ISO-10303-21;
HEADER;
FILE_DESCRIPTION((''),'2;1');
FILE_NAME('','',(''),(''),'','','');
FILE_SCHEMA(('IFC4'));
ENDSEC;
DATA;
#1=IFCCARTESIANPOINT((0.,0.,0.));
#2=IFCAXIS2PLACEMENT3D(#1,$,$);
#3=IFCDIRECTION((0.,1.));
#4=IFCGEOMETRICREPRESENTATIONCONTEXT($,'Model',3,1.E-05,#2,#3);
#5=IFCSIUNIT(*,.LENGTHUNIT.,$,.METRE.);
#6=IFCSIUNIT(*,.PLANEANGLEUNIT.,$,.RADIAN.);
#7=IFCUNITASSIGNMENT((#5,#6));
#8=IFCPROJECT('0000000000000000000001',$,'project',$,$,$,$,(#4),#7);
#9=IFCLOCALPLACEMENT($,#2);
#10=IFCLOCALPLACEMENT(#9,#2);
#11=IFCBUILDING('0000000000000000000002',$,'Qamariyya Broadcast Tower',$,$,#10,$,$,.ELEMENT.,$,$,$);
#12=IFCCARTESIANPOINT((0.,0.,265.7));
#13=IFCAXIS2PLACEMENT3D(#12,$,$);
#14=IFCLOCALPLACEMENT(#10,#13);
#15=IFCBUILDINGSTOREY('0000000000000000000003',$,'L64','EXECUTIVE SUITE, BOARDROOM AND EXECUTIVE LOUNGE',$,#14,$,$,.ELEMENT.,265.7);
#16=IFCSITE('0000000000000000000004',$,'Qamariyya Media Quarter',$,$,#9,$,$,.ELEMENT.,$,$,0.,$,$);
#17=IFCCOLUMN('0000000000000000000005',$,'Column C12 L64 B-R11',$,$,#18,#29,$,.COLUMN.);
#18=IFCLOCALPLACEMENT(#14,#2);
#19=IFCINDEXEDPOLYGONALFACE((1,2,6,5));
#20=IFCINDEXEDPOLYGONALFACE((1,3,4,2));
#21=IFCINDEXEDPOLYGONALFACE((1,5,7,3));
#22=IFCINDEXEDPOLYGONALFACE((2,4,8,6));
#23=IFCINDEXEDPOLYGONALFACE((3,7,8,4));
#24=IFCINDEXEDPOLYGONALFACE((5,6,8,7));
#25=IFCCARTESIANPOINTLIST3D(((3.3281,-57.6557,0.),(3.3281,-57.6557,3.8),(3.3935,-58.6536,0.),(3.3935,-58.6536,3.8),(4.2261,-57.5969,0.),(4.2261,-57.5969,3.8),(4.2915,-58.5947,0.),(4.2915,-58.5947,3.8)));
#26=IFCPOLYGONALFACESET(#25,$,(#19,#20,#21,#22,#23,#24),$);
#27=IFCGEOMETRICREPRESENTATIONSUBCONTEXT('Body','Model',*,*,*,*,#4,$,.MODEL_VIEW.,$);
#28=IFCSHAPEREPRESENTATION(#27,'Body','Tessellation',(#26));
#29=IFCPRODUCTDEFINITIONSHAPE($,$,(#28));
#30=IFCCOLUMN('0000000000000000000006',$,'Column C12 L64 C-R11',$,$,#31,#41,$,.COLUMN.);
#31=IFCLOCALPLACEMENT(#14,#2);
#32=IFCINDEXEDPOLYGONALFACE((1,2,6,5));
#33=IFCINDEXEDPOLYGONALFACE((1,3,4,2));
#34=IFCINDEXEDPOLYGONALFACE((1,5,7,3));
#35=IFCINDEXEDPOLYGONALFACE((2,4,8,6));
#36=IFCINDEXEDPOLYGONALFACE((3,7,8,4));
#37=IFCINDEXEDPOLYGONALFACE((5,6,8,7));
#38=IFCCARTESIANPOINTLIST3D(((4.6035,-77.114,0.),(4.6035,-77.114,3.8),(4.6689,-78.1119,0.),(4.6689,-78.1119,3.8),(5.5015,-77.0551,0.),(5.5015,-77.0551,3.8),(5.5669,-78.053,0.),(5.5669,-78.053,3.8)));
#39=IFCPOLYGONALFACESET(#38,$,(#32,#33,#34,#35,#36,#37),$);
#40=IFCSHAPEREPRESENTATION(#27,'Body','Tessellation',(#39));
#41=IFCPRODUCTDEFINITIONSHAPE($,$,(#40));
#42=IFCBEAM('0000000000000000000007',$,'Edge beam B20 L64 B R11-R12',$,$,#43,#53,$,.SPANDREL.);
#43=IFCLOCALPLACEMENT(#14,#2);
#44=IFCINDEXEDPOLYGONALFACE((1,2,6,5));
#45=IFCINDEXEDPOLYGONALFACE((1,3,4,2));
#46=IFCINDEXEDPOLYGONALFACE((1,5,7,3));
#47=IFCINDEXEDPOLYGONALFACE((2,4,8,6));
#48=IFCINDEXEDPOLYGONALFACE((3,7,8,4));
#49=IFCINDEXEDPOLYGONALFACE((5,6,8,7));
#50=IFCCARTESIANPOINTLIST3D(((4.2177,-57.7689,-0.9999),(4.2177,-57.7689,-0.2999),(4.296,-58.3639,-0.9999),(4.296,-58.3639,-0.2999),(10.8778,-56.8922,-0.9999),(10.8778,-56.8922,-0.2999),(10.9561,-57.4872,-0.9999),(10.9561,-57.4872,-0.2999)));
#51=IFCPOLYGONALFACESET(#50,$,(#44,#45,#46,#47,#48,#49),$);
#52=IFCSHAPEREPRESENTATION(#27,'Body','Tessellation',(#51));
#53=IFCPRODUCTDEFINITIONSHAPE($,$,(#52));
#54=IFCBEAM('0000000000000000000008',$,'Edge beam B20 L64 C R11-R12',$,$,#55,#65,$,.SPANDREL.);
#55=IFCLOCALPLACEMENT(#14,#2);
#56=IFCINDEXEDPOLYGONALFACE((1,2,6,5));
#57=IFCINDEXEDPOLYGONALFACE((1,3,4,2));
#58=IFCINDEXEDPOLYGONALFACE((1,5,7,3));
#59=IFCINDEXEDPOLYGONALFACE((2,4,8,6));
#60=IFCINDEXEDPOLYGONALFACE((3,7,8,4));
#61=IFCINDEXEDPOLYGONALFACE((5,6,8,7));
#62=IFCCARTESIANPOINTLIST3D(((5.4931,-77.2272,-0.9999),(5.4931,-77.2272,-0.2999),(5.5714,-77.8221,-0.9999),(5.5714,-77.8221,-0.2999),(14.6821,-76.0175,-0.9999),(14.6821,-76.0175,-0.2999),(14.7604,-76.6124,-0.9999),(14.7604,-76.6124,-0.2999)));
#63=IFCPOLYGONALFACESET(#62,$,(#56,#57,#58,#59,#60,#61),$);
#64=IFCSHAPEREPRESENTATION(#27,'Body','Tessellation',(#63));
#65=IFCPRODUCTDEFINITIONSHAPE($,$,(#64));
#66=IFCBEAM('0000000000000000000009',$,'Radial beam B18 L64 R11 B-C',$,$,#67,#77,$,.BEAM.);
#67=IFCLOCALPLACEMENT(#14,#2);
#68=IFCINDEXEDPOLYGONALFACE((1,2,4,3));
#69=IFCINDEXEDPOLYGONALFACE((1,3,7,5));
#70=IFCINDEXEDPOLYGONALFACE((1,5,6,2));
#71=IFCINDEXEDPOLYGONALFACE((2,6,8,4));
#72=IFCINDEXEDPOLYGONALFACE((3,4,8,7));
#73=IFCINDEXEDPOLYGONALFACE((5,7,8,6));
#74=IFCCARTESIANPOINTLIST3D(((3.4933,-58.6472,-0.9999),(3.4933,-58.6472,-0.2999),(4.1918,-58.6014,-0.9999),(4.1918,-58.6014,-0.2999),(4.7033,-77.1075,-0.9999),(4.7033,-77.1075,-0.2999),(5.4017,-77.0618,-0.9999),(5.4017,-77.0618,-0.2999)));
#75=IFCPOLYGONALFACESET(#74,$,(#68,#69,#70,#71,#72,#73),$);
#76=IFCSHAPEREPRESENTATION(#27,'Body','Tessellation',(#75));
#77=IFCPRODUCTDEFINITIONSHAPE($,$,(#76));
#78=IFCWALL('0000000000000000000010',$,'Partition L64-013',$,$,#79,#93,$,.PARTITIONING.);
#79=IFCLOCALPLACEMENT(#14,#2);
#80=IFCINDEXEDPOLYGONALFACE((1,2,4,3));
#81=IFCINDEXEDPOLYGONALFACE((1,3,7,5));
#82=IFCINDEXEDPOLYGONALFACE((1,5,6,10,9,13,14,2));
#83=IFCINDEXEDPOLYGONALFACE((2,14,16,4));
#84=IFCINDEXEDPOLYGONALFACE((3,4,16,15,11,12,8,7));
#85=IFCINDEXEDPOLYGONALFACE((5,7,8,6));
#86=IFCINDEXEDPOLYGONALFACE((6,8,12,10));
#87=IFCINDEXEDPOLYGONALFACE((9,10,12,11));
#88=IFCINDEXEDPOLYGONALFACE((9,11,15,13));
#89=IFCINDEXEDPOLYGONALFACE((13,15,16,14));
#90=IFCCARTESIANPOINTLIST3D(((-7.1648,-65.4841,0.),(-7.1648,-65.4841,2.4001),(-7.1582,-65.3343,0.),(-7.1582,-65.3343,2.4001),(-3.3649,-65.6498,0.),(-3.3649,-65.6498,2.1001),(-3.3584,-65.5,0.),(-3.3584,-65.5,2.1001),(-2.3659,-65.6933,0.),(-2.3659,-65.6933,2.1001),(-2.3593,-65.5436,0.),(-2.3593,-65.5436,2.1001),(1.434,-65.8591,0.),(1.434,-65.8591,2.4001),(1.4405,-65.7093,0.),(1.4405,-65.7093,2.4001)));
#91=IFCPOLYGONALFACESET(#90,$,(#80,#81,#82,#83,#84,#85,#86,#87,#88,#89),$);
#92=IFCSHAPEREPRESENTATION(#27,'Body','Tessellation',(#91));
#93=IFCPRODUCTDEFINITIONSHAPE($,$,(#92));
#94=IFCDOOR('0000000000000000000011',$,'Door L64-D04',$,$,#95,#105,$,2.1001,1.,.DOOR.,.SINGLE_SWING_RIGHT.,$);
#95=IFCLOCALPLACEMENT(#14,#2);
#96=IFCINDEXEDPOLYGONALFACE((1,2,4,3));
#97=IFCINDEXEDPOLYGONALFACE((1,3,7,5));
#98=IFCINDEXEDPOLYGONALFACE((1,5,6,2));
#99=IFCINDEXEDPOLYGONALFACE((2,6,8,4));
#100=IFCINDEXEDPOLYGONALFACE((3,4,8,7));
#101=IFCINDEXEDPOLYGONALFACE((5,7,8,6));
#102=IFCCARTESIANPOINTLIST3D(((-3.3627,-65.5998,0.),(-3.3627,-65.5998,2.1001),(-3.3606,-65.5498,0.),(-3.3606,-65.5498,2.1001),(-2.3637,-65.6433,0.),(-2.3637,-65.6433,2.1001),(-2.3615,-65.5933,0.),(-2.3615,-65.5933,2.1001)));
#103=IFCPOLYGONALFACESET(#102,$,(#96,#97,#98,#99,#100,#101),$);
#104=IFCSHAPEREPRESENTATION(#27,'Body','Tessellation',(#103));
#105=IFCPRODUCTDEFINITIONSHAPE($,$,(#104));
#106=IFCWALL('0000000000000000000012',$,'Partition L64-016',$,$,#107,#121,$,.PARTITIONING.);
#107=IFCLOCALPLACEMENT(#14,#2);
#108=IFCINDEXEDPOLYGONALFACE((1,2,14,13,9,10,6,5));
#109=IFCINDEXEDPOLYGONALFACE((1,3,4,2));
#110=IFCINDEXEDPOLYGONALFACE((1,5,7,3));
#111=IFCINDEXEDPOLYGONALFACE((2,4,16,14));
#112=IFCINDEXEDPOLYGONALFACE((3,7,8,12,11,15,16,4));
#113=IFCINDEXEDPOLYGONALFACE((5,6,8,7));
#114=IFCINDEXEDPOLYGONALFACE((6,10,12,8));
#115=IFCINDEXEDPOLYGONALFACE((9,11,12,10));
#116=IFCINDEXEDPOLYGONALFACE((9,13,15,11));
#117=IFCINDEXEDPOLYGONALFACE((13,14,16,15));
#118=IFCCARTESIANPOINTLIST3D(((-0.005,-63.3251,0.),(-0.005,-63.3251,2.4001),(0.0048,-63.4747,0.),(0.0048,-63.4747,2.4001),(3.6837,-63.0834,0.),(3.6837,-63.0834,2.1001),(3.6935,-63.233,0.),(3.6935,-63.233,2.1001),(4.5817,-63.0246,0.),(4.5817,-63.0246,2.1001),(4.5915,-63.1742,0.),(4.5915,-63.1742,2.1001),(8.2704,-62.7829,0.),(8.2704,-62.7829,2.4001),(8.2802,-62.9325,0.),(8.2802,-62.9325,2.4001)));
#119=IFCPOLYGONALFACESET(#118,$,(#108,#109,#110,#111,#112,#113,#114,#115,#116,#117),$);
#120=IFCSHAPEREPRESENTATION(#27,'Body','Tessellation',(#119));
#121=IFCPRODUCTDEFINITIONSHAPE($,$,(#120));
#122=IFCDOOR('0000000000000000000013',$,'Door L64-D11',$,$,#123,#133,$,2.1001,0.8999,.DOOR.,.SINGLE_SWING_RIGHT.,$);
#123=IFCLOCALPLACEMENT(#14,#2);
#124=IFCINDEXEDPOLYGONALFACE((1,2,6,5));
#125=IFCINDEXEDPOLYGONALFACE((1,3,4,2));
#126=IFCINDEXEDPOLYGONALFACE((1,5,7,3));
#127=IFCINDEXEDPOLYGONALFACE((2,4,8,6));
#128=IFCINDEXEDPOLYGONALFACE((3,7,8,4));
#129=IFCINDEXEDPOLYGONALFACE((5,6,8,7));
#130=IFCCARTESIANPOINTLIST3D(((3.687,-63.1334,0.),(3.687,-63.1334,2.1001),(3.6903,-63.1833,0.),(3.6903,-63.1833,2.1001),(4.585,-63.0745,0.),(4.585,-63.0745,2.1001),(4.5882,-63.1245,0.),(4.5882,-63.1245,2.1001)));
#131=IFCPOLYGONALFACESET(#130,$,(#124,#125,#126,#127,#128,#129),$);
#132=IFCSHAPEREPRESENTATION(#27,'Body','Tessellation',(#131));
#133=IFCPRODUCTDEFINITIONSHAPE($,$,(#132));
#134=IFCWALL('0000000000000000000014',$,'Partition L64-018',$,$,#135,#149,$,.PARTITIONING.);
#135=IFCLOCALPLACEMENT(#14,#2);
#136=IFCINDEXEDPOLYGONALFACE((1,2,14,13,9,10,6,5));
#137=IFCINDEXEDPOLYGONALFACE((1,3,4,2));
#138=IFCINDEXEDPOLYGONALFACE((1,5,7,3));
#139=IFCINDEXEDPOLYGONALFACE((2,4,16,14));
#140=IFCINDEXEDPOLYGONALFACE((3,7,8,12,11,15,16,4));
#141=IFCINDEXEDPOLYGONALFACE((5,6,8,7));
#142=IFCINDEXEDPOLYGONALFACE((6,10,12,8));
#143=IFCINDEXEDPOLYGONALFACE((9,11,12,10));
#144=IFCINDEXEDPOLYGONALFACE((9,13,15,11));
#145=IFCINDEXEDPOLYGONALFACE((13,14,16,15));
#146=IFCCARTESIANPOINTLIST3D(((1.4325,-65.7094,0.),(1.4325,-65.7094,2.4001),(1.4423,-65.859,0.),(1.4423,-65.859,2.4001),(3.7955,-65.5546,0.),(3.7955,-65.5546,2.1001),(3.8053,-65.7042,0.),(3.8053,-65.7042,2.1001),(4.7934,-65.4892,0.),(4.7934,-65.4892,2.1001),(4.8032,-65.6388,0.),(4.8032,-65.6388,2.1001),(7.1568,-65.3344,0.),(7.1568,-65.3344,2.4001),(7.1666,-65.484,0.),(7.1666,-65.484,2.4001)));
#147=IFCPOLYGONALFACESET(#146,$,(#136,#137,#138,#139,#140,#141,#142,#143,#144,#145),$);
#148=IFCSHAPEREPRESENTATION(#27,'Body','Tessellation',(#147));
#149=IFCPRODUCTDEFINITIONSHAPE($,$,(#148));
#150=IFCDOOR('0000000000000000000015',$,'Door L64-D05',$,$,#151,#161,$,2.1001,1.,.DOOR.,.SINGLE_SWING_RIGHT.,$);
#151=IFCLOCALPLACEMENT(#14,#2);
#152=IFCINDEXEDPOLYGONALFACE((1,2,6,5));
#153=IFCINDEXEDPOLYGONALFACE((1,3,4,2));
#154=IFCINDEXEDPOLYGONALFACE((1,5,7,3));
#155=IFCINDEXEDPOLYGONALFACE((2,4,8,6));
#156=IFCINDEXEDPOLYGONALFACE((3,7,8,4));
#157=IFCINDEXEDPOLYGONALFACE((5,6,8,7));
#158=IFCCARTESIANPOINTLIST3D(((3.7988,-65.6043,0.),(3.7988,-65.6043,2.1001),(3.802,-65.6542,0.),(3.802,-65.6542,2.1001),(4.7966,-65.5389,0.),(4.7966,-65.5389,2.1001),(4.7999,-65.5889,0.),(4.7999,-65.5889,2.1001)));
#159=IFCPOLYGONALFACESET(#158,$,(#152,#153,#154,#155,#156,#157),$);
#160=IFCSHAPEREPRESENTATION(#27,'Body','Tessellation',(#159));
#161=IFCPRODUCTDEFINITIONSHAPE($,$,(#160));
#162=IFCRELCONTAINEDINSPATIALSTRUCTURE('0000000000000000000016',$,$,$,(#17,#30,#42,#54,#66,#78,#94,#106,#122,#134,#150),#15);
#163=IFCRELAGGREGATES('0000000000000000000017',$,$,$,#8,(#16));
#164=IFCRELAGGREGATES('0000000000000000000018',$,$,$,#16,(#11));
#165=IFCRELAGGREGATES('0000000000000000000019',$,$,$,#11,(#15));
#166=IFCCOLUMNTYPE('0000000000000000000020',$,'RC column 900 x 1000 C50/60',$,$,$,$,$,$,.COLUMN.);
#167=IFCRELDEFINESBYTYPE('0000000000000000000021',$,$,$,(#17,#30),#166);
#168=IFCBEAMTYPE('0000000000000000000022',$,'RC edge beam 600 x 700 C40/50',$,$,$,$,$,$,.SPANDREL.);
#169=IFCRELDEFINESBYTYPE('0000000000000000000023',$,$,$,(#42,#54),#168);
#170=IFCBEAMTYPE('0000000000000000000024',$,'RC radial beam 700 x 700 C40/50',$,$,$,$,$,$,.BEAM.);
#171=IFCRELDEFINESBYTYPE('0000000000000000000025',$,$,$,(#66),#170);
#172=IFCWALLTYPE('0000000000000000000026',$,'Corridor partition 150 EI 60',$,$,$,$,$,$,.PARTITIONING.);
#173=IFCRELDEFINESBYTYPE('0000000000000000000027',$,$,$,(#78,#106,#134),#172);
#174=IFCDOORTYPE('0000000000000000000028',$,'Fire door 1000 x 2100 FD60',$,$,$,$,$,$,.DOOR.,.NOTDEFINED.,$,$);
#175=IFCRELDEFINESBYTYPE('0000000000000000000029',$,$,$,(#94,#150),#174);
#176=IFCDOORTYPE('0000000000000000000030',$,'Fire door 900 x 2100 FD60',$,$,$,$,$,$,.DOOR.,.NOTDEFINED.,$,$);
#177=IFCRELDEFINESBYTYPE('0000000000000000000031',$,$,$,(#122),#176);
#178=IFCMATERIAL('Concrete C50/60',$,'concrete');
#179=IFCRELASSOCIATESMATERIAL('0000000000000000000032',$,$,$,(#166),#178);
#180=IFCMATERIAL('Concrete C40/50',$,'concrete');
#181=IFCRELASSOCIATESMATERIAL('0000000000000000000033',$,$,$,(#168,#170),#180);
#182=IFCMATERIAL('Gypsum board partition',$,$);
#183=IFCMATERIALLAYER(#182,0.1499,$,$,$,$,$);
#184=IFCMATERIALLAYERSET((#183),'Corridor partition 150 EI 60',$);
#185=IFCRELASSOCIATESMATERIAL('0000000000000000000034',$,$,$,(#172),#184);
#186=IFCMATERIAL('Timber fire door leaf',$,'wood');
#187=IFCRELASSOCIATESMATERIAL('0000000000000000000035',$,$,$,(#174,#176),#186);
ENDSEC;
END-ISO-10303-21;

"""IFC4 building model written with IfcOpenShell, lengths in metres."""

from ifc_helpers import new_model, si_unit, direction, frame, frame_2d, origin, origin_2d, place, context, subcontext, project, spatial, rectangle, extrude, material, layer, layer_set, material_profile, profile_set, type_object, element, fill, save


model = new_model("IFC4")

# Units and contexts
model_context = context("Model", 3, precision=1e-05, world=origin(), true_north=direction((0.0, 1.0)))
body_context = subcontext(model_context, "Body", "Model", "MODEL_VIEW")
ifc_project = project(units=[si_unit("LENGTHUNIT", "METRE"), si_unit("PLANEANGLEUNIT", "RADIAN")], contexts=[model_context])

# Site, building, storey
site_placement = place(None, origin())
site = spatial("IfcSite", under=ifc_project, at=site_placement, Name="Qamariyya Media Quarter", CompositionType="ELEMENT", RefElevation=0.0)
building_placement = place(site_placement, origin())
building = spatial("IfcBuilding", under=site, at=building_placement, Name="Qamariyya Broadcast Tower", CompositionType="ELEMENT")
storey_placement = place(building_placement, frame((0.0, 0.0, 265.7)))
storey = spatial("IfcBuildingStorey", under=building, at=storey_placement, Name="L64", Description="EXECUTIVE SUITE, BOARDROOM AND EXECUTIVE LOUNGE", CompositionType="ELEMENT", Elevation=265.7)

# Columns
ifc_material_1 = material(Name="Concrete C50/60", Category="concrete")
ifc_material_profile_1 = material_profile(ifc_material_1, rectangle(XDim=0.8999, YDim=1.0, at=origin_2d()))
ifc_profile_set_1 = profile_set([ifc_material_profile_1], Name="Concrete C50/60")
column_type = type_object("IfcColumnType", Name="RC column 900 x 1000 C50/60", PredefinedType="COLUMN", material=ifc_profile_set_1)
for number, where, z_axis, x_axis, name in (
    (1, (3.8098, -58.1252, 0.0), (0.0, 0.0, 1.0), (0.997859, 0.065403, 0.0), "Column C12 L64 B-R11"),
    (2, (5.0852, -77.5835, 0.0), (0.0, 0.0, 1.0), (0.997859, 0.065403, 0.0), "Column C12 L64 C-R11"),
):
    element("IfcColumn", number, at=place(storey_placement, frame(where, z_axis=z_axis, x_axis=x_axis)), inside=storey, type_object=column_type, Name=name, PredefinedType="COLUMN", context=body_context, shape_type="SweptSolid", body=[
        extrude(rectangle(XDim=0.8999, YDim=1.0, at=origin_2d()), origin(), (0.0, 0.0, 1.0), 3.8),
    ])

# Beams
ifc_material_2 = material(Name="Concrete C40/50", Category="concrete")
ifc_material_profile_2 = material_profile(ifc_material_2, rectangle(XDim=0.6001, YDim=0.7, at=origin_2d()))
ifc_profile_set_2 = profile_set([ifc_material_profile_2], Name="Concrete C40/50")
beam_type_1 = type_object("IfcBeamType", Name="RC edge beam 600 x 700 C40/50", PredefinedType="SPANDREL", material=ifc_profile_set_2)
beam_1_placement = place(storey_placement, frame((4.2568, -58.0664, -0.6499), z_axis=(0.991447, 0.130509, 0.0), x_axis=(-0.130509, 0.991447, 0.0)))
element("IfcBeam", 3, at=beam_1_placement, inside=storey, type_object=beam_type_1, Name="Edge beam B20 L64 B R11-R12", PredefinedType="SPANDREL", context=body_context, shape_type="SweptSolid", body=[
    extrude(rectangle(XDim=0.6001, YDim=0.7, at=origin_2d()), origin(), (0.0, 0.0, 1.0), 6.7175),
])
beam_2_placement = place(storey_placement, frame((5.5322, -77.5247, -0.6499), z_axis=(0.991445, 0.130523, 0.0), x_axis=(-0.130523, 0.991445, 0.0)))
element("IfcBeam", 4, at=beam_2_placement, inside=storey, type_object=beam_type_1, Name="Edge beam B20 L64 C R11-R12", PredefinedType="SPANDREL", context=body_context, shape_type="SweptSolid", body=[
    extrude(rectangle(XDim=0.6001, YDim=0.7, at=origin_2d()), origin(), (0.0, 0.0, 1.0), 9.2683),
])
ifc_material_profile_3 = material_profile(ifc_material_2, rectangle(XDim=0.7, YDim=0.7, at=origin_2d()))
ifc_profile_set_3 = profile_set([ifc_material_profile_3], Name="Concrete C40/50")
beam_type_2 = type_object("IfcBeamType", Name="RC radial beam 700 x 700 C40/50", PredefinedType="BEAM", material=ifc_profile_set_3)
beam_3_placement = place(storey_placement, frame((3.8425, -58.6243, -0.6499), z_axis=(0.065403, -0.997859, 0.0), x_axis=(0.997859, 0.065403, 0.0)))
element("IfcBeam", 5, at=beam_3_placement, inside=storey, type_object=beam_type_2, Name="Radial beam B18 L64 R11 B-C", PredefinedType="BEAM", context=body_context, shape_type="SweptSolid", body=[
    extrude(rectangle(XDim=0.7, YDim=0.7, at=origin_2d()), origin(), (0.0, 0.0, 1.0), 18.5),
])

# Walls, openings, doors
ifc_material_3 = material(Name="Gypsum board partition")
ifc_layer_1 = layer(ifc_material_3, 0.1499)
ifc_layer_set_1 = layer_set([ifc_layer_1], Name="Corridor partition 150 EI 60")
wall_type_1 = type_object("IfcWallType", Name="Corridor partition 150 EI 60", PredefinedType="PARTITIONING", material=ifc_layer_set_1)
wall_1_placement = place(storey_placement, frame((1.4373, -65.7842, 0.0), z_axis=(0.0, 0.0, 1.0), x_axis=(-0.99905, 0.043569, 0.0)))
wall_1 = element("IfcWall", 6, at=wall_1_placement, inside=storey, type_object=wall_type_1, Name="Partition L64-013", PredefinedType="PARTITIONING", context=body_context, shape_type="SweptSolid", body=[
    extrude(rectangle(XDim=8.6069, YDim=0.1499, at=frame_2d((4.3035, 0.0))), origin(), (0.0, 0.0, 1.0), 2.4001),
])
opening_1_placement = place(wall_1_placement, frame((3.8035, 0.0, 0.0)))
opening_1 = element("IfcOpeningElement", 7, at=opening_1_placement, cuts=wall_1, PredefinedType="OPENING", context=body_context, shape_type="SweptSolid", body=[
    extrude(rectangle(XDim=1.0, YDim=2.1001, at=frame_2d((0.5, 1.05))), frame((0.0, 0.085, 0.0), z_axis=(0.0, -1.0, 0.0), x_axis=(1.0, 0.0, 0.0)), (0.0, 0.0, 1.0), 0.1699),
])
ifc_material_4 = material(Name="Timber fire door leaf", Category="wood")
door_type_1 = type_object("IfcDoorType", Name="Fire door 1000 x 2100 FD60", OperationType="NOTDEFINED", PredefinedType="DOOR", material=ifc_material_4)
door_1_placement = place(opening_1_placement, origin())
door_1 = element("IfcDoor", 8, at=door_1_placement, inside=storey, type_object=door_type_1, Name="Door L64-D04", OperationType="SINGLE_SWING_RIGHT", OverallHeight=2.1001, OverallWidth=1.0, PredefinedType="DOOR", context=body_context, shape_type="SweptSolid", body=[
    extrude(rectangle(XDim=1.0, YDim=2.1001, at=frame_2d((0.5, 1.05))), frame((0.0, 0.0249, 0.0), z_axis=(0.0, -1.0, 0.0), x_axis=(1.0, 0.0, 0.0)), (0.0, 0.0, 1.0), 0.05),
])
fill(opening_1, door_1)
wall_2_placement = place(storey_placement, frame((0.0, -63.3999, 0.0), z_axis=(0.0, 0.0, 1.0), x_axis=(0.99786, 0.065384, 0.0)))
wall_2 = element("IfcWall", 9, at=wall_2_placement, inside=storey, type_object=wall_type_1, Name="Partition L64-016", PredefinedType="PARTITIONING", context=body_context, shape_type="SweptSolid", body=[
    extrude(rectangle(XDim=8.2932, YDim=0.1499, at=frame_2d((4.1465, 0.0))), origin(), (0.0, 0.0, 1.0), 2.4001),
])
opening_2_placement = place(wall_2_placement, frame((3.6965, 0.0, 0.0)))
opening_2 = element("IfcOpeningElement", 10, at=opening_2_placement, cuts=wall_2, PredefinedType="OPENING", context=body_context, shape_type="SweptSolid", body=[
    extrude(rectangle(XDim=0.8999, YDim=2.1001, at=frame_2d((0.45, 1.05))), frame((0.0, 0.085, 0.0), z_axis=(0.0, -1.0, 0.0), x_axis=(1.0, 0.0, 0.0)), (0.0, 0.0, 1.0), 0.1699),
])
door_type_2 = type_object("IfcDoorType", Name="Fire door 900 x 2100 FD60", OperationType="NOTDEFINED", PredefinedType="DOOR", material=ifc_material_4)
door_2_placement = place(opening_2_placement, origin())
door_2 = element("IfcDoor", 11, at=door_2_placement, inside=storey, type_object=door_type_2, Name="Door L64-D11", OperationType="SINGLE_SWING_RIGHT", OverallHeight=2.1001, OverallWidth=0.8999, PredefinedType="DOOR", context=body_context, shape_type="SweptSolid", body=[
    extrude(rectangle(XDim=0.8999, YDim=2.1001, at=frame_2d((0.45, 1.05))), frame((0.0, 0.0249, 0.0), z_axis=(0.0, -1.0, 0.0), x_axis=(1.0, 0.0, 0.0)), (0.0, 0.0, 1.0), 0.05),
])
fill(opening_2, door_2)
wall_3_placement = place(storey_placement, frame((7.1616, -65.4092, 0.0), z_axis=(0.0, 0.0, 1.0), x_axis=(-0.997861, -0.065369, 0.0)))
wall_3 = element("IfcWall", 12, at=wall_3_placement, inside=storey, type_object=wall_type_1, Name="Partition L64-018", PredefinedType="PARTITIONING", context=body_context, shape_type="SweptSolid", body=[
    extrude(rectangle(XDim=5.7366, YDim=0.1499, at=frame_2d((2.8682, 0.0))), origin(), (0.0, 0.0, 1.0), 2.4001),
])
opening_3_placement = place(wall_3_placement, frame((2.3684, 0.0, 0.0)))
opening_3 = element("IfcOpeningElement", 13, at=opening_3_placement, cuts=wall_3, PredefinedType="OPENING", context=body_context, shape_type="SweptSolid", body=[
    extrude(rectangle(XDim=1.0, YDim=2.1001, at=frame_2d((0.5, 1.05))), frame((0.0, 0.085, 0.0), z_axis=(0.0, -1.0, 0.0), x_axis=(1.0, 0.0, 0.0)), (0.0, 0.0, 1.0), 0.1699),
])
door_3_placement = place(opening_3_placement, origin())
door_3 = element("IfcDoor", 14, at=door_3_placement, inside=storey, type_object=door_type_1, Name="Door L64-D05", OperationType="SINGLE_SWING_RIGHT", OverallHeight=2.1001, OverallWidth=1.0, PredefinedType="DOOR", context=body_context, shape_type="SweptSolid", body=[
    extrude(rectangle(XDim=1.0, YDim=2.1001, at=frame_2d((0.5, 1.05))), frame((0.0, 0.0249, 0.0), z_axis=(0.0, -1.0, 0.0), x_axis=(1.0, 0.0, 0.0)), (0.0, 0.0, 1.0), 0.05),
])
fill(opening_3, door_3)

save(model, "model.ifc")
